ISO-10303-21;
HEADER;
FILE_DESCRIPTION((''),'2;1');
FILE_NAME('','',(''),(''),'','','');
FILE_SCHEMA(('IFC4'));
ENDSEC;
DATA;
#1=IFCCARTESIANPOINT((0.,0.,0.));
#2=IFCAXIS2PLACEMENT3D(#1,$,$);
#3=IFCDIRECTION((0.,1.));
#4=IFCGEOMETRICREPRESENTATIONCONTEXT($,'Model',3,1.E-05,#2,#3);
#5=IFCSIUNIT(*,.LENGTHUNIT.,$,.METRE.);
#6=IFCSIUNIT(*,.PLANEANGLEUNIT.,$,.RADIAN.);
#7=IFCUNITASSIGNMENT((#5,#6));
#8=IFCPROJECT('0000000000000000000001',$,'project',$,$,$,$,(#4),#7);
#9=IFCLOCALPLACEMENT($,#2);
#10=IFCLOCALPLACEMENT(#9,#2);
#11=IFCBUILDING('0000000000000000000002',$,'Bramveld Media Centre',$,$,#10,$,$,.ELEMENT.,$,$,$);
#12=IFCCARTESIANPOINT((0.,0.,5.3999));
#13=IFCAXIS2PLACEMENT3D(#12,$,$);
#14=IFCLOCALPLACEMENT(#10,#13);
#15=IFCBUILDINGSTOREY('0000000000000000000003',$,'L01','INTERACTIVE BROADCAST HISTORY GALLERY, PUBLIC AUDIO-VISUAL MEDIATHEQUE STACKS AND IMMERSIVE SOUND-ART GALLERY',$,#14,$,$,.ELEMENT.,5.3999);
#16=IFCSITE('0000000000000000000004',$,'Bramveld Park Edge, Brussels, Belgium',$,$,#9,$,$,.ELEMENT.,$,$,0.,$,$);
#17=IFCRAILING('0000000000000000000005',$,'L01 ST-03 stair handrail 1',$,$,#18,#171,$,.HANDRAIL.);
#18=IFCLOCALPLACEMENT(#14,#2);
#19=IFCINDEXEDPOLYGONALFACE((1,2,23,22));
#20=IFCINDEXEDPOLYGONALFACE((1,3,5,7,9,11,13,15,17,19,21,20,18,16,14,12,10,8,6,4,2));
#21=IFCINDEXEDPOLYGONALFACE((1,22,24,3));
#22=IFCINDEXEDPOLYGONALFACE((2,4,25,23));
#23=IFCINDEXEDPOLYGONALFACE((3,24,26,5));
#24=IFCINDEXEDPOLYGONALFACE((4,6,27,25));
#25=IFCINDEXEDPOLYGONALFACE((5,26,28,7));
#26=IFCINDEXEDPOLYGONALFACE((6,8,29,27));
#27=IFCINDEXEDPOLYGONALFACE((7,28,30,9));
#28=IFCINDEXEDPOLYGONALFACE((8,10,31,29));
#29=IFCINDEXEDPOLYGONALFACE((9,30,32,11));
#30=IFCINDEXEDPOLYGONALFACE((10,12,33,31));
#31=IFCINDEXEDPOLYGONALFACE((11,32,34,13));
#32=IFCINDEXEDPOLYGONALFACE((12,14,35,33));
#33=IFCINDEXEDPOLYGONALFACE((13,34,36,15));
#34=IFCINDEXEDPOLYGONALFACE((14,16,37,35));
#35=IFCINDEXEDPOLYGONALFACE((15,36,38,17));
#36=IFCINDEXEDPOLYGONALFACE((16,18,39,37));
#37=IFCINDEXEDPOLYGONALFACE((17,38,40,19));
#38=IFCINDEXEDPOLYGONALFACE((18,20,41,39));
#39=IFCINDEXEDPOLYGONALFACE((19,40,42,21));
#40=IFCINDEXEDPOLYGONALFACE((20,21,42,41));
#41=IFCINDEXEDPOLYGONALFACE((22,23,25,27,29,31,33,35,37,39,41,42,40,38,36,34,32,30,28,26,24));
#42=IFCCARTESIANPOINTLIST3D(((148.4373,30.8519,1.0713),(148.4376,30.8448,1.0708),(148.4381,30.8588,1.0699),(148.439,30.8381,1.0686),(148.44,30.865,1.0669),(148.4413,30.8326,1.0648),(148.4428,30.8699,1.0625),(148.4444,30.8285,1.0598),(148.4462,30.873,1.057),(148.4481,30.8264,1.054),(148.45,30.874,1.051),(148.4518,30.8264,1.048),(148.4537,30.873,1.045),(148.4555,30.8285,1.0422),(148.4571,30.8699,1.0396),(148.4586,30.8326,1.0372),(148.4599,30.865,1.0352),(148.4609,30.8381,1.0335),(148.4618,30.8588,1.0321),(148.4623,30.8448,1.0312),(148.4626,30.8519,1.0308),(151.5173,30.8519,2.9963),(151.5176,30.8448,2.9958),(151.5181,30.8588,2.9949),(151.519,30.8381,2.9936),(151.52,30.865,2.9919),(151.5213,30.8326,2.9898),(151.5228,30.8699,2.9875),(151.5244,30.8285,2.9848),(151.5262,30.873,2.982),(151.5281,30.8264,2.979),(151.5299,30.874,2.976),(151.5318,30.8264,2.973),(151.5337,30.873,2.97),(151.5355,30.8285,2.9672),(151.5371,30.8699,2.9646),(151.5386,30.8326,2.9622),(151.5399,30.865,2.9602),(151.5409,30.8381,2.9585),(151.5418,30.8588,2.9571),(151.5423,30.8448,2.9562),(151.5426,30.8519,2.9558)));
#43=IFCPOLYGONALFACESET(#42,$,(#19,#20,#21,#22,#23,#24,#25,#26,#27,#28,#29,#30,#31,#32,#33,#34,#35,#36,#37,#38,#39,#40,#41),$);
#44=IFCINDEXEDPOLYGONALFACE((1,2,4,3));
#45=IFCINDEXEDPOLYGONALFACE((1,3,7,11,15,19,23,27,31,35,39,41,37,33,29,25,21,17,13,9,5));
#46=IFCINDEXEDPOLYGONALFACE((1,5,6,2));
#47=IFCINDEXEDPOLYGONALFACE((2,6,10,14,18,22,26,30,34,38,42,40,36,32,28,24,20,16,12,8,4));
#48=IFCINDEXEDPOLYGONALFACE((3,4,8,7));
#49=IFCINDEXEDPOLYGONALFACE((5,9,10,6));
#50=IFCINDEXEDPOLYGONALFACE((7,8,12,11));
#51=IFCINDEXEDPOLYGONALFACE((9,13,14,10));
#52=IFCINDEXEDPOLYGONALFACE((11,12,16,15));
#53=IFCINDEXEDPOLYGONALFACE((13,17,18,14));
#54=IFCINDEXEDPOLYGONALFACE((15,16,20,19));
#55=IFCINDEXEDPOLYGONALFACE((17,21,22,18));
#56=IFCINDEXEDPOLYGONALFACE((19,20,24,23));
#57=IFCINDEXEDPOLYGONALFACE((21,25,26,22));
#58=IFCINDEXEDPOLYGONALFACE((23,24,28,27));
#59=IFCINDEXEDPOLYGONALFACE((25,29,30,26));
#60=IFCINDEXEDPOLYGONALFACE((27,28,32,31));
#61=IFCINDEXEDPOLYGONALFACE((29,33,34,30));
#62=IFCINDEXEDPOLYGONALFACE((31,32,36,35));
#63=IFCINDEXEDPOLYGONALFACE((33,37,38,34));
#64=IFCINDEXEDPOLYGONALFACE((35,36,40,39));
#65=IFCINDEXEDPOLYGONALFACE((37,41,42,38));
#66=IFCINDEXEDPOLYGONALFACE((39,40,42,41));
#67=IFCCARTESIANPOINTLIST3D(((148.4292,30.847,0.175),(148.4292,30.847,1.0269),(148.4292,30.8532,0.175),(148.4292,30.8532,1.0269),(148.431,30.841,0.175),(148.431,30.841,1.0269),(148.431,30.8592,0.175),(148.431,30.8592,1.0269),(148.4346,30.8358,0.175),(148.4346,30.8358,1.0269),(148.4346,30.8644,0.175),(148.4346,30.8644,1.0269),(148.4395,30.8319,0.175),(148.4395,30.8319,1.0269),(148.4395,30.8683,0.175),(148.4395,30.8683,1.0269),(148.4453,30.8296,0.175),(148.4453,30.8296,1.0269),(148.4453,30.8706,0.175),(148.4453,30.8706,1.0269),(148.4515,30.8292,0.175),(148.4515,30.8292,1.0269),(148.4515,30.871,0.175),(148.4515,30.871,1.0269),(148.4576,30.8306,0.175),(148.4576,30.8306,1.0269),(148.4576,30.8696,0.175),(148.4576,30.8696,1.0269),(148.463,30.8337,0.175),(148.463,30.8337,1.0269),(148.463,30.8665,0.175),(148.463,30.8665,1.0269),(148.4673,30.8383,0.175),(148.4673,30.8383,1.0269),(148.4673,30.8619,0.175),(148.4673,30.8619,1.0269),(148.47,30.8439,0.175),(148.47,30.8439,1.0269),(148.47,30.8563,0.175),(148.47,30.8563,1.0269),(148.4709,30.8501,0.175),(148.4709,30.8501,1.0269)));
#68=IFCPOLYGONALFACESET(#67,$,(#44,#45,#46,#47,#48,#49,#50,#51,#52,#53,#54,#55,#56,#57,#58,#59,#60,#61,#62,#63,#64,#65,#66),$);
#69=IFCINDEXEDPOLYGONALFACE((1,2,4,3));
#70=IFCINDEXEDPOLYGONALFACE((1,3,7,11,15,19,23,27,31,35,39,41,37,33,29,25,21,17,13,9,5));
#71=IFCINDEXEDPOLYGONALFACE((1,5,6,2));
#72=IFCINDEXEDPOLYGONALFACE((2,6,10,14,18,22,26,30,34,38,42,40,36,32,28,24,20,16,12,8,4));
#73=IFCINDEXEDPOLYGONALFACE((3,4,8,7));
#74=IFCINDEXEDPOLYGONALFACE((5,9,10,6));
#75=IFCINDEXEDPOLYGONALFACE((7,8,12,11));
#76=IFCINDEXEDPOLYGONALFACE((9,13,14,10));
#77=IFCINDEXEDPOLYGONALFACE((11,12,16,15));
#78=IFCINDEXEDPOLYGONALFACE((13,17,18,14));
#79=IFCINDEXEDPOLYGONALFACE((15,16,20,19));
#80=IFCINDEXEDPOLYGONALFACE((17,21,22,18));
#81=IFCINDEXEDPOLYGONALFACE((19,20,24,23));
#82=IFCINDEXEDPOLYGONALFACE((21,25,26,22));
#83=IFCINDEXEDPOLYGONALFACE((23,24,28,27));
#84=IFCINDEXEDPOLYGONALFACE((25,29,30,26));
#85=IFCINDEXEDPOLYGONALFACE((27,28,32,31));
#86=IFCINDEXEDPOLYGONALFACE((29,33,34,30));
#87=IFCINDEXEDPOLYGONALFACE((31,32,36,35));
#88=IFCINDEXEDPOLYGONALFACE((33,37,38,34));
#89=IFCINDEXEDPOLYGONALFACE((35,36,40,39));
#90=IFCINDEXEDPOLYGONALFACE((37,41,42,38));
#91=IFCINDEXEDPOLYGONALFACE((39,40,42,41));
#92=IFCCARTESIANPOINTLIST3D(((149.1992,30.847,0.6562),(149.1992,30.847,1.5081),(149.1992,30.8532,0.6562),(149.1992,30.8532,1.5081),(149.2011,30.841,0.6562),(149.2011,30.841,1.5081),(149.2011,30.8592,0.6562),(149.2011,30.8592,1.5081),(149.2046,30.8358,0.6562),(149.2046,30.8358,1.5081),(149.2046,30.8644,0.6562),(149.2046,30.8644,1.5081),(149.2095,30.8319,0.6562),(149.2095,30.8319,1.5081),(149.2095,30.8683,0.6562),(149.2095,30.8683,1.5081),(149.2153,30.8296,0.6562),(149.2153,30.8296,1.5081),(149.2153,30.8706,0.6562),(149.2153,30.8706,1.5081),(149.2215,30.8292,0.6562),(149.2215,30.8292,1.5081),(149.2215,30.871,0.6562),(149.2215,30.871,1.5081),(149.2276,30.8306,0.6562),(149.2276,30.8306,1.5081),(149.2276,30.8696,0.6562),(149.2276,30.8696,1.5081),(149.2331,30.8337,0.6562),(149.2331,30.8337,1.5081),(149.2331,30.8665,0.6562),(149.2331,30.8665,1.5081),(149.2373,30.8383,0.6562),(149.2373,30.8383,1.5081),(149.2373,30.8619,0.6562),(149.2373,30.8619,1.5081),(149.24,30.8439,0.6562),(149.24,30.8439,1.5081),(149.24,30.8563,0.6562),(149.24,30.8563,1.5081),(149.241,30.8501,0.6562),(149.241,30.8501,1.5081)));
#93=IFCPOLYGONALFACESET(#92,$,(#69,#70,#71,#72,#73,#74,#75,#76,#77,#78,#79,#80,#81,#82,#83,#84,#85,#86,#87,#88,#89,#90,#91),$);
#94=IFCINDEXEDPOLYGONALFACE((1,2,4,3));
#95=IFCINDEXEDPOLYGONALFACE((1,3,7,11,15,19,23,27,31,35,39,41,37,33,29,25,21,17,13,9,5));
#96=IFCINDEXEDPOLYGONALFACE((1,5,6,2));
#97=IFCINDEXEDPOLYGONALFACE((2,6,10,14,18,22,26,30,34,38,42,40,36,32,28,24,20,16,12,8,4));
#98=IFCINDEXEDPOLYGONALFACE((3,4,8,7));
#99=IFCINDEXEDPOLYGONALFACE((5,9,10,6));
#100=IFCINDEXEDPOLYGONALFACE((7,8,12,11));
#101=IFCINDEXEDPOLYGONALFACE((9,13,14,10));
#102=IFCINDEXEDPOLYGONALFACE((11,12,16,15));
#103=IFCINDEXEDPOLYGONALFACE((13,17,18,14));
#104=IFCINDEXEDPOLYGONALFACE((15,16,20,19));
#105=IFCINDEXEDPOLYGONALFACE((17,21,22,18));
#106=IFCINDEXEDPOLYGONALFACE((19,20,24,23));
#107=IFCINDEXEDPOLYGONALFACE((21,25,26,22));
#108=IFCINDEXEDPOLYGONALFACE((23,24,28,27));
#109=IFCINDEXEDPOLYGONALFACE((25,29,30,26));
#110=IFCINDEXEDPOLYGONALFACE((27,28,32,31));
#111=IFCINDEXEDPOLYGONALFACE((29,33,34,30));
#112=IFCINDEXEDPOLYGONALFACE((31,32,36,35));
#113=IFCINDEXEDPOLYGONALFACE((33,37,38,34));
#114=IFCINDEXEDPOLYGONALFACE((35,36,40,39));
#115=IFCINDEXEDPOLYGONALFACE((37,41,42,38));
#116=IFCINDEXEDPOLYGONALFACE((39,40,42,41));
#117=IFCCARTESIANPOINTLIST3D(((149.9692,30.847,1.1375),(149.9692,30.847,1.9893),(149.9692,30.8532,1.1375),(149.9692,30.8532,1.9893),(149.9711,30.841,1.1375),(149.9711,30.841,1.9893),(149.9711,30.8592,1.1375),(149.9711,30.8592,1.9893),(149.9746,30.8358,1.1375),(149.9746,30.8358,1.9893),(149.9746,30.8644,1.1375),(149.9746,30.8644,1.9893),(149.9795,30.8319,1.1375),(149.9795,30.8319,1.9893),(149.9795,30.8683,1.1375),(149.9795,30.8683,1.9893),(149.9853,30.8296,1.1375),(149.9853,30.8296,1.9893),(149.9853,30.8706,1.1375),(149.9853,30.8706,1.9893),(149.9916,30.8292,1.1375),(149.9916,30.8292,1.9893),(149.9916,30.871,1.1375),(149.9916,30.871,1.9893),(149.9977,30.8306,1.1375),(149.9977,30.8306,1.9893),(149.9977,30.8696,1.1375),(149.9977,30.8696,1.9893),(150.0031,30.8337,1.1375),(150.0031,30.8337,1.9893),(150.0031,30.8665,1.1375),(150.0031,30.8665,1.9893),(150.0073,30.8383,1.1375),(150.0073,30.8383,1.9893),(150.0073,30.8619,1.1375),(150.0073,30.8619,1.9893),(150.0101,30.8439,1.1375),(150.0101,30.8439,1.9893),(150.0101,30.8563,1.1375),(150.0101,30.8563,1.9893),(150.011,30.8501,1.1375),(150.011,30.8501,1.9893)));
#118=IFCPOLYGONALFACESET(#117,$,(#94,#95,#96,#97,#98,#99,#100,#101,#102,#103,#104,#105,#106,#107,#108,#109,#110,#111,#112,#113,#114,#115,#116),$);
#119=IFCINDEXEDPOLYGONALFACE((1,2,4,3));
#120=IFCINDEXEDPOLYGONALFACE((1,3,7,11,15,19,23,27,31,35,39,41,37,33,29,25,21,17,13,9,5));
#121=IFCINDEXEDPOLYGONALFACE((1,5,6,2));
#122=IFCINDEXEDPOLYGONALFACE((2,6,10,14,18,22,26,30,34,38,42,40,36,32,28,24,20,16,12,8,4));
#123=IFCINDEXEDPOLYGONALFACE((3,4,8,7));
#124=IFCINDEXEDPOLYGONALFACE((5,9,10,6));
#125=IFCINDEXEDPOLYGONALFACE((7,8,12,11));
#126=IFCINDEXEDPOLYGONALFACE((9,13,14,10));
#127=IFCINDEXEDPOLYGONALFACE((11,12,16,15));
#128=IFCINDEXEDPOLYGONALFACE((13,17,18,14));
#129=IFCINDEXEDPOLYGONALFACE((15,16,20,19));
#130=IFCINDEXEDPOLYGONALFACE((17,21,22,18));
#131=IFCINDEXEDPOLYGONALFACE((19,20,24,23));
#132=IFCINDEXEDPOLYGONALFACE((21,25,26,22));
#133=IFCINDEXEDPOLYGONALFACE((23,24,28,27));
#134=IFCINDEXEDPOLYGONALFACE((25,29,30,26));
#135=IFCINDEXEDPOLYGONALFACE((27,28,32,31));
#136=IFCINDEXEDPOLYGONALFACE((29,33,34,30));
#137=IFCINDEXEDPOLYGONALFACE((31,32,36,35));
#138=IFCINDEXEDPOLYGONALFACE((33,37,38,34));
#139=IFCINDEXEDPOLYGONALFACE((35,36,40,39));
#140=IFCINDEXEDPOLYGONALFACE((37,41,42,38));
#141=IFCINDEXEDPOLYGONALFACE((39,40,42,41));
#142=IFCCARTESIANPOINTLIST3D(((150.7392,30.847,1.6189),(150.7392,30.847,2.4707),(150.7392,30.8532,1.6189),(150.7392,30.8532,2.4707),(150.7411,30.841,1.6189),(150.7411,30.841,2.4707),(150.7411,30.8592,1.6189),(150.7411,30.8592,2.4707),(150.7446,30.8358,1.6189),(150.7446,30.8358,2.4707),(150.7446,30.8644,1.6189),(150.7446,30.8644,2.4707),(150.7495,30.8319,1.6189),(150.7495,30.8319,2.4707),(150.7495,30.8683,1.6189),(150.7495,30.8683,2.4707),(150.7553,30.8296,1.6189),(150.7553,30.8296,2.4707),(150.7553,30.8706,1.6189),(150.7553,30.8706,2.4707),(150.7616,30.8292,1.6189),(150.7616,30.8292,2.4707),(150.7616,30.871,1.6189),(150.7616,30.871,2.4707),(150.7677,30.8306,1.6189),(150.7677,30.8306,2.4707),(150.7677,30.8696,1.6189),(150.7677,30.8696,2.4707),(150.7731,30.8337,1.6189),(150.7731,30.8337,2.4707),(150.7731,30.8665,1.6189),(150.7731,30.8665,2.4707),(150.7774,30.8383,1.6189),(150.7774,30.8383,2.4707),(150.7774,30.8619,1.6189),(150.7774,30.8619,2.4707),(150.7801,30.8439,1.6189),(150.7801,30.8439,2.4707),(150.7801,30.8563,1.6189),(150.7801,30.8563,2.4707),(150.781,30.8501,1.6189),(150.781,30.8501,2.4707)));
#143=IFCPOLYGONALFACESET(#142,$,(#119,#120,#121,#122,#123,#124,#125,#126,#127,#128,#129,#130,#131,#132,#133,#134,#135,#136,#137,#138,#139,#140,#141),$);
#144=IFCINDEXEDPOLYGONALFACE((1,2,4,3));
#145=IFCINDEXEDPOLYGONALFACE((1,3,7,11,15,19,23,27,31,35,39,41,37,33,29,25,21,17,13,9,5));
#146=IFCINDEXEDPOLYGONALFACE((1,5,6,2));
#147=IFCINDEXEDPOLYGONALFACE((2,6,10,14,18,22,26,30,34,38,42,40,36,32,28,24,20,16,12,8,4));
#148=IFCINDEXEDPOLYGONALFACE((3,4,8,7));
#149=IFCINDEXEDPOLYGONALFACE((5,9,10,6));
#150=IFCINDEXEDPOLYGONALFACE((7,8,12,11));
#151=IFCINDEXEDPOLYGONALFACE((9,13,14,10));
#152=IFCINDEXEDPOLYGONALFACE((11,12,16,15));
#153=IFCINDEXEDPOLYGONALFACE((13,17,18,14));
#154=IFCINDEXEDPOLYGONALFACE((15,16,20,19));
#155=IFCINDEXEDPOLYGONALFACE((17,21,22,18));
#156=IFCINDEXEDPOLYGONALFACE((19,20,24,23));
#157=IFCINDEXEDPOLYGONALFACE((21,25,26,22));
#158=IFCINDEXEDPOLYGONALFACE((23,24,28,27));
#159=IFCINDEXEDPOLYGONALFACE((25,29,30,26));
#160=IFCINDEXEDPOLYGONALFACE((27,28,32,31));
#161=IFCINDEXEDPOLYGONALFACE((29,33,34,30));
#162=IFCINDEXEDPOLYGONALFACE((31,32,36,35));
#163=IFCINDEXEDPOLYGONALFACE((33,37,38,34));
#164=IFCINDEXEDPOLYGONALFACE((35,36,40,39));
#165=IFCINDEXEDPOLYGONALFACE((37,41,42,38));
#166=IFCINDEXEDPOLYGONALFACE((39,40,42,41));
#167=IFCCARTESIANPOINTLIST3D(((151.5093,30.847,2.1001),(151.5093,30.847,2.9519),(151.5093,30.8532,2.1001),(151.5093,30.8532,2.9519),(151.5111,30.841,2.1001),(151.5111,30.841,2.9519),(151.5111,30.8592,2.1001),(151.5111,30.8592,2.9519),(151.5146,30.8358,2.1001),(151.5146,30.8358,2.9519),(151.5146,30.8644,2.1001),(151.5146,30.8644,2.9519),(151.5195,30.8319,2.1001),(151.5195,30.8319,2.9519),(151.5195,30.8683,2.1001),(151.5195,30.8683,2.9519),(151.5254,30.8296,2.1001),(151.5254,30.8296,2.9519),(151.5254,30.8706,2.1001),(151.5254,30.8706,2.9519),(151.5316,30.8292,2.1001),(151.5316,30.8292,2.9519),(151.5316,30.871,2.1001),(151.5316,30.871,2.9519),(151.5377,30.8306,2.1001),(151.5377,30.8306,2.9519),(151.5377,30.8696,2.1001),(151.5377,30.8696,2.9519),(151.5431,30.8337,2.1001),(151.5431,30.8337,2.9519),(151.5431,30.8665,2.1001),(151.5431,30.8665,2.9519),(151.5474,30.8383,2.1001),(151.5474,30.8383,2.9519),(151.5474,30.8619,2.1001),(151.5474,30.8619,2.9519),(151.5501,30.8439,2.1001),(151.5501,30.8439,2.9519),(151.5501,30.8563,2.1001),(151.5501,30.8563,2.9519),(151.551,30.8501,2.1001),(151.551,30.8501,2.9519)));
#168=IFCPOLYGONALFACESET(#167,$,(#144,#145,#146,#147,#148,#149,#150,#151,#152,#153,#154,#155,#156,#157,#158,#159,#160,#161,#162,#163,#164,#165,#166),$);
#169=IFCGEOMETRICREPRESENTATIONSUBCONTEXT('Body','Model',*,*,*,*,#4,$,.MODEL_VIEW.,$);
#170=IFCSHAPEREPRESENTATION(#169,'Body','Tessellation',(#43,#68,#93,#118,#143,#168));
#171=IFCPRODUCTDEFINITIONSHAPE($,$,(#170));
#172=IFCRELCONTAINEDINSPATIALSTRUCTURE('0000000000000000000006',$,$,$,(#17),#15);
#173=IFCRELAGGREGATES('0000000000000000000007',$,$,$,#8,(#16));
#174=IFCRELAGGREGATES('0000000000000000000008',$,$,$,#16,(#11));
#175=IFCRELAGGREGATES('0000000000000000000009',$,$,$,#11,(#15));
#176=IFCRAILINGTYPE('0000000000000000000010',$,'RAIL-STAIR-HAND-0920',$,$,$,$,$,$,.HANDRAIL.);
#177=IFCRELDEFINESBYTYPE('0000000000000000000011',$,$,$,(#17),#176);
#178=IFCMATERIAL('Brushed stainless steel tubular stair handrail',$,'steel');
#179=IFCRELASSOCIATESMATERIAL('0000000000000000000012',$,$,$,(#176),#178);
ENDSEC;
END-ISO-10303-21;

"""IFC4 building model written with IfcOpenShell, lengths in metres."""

from ifc_helpers import new_model, si_unit, direction, frame, origin, origin_2d, place, context, subcontext, project, spatial, circle, extrude, material, type_object, element, save


model = new_model("IFC4")

# Units and contexts
model_context = context("Model", 3, precision=1e-05, world=origin(), true_north=direction((0.0, 1.0)))
body_context = subcontext(model_context, "Body", "Model", "MODEL_VIEW")
ifc_project = project(units=[si_unit("LENGTHUNIT", "METRE"), si_unit("PLANEANGLEUNIT", "RADIAN")], contexts=[model_context])

# Site, building, storey
site_placement = place(None, origin())
site = spatial("IfcSite", under=ifc_project, at=site_placement, Name="Bramveld Park Edge, Brussels, Belgium", CompositionType="ELEMENT", RefElevation=0.0)
building_placement = place(site_placement, origin())
building = spatial("IfcBuilding", under=site, at=building_placement, Name="Bramveld Media Centre", CompositionType="ELEMENT")
storey_placement = place(building_placement, frame((0.0, 0.0, 5.3999)))
storey = spatial("IfcBuildingStorey", under=building, at=storey_placement, Name="L01", Description="INTERACTIVE BROADCAST HISTORY GALLERY, PUBLIC AUDIO-VISUAL MEDIATHEQUE STACKS AND IMMERSIVE SOUND-ART GALLERY", CompositionType="ELEMENT", Elevation=5.3999)

# Railing
ifc_material_1 = material(Name="Brushed stainless steel tubular stair handrail", Category="steel")
railing_type_1 = type_object("IfcRailingType", Name="RAIL-STAIR-HAND-0920", PredefinedType="HANDRAIL", material=ifc_material_1)
railing_1_placement = place(storey_placement, frame((148.45, 30.8501, 0.175)))
element("IfcRailing", 1, at=railing_1_placement, inside=storey, type_object=railing_type_1, Name="L01 ST-03 stair handrail 1", PredefinedType="HANDRAIL", context=body_context, shape_type="SweptSolid", body=[
    extrude(circle(Radius=0.0239, at=origin_2d()), frame((0.0, 0.0, 0.876), z_axis=(0.847998, 0.0, 0.529999), x_axis=(0.0, 1.0, 0.0)), (0.0, 0.0, 1.0), 3.6321),
    extrude(circle(Radius=0.021, at=origin_2d()), origin(), (0.0, 0.0, 1.0), 0.8518),
    extrude(circle(Radius=0.021, at=origin_2d()), frame((0.77, 0.0, 0.4812)), (0.0, 0.0, 1.0), 0.8518),
    extrude(circle(Radius=0.021, at=origin_2d()), frame((1.54, 0.0, 0.9624)), (0.0, 0.0, 1.0), 0.8518),
    extrude(circle(Radius=0.021, at=origin_2d()), frame((2.3101, 0.0, 1.4438)), (0.0, 0.0, 1.0), 0.8518),
    extrude(circle(Radius=0.021, at=origin_2d()), frame((3.0801, 0.0, 1.925)), (0.0, 0.0, 1.0), 0.8518),
])

save(model, "model.ifc")
